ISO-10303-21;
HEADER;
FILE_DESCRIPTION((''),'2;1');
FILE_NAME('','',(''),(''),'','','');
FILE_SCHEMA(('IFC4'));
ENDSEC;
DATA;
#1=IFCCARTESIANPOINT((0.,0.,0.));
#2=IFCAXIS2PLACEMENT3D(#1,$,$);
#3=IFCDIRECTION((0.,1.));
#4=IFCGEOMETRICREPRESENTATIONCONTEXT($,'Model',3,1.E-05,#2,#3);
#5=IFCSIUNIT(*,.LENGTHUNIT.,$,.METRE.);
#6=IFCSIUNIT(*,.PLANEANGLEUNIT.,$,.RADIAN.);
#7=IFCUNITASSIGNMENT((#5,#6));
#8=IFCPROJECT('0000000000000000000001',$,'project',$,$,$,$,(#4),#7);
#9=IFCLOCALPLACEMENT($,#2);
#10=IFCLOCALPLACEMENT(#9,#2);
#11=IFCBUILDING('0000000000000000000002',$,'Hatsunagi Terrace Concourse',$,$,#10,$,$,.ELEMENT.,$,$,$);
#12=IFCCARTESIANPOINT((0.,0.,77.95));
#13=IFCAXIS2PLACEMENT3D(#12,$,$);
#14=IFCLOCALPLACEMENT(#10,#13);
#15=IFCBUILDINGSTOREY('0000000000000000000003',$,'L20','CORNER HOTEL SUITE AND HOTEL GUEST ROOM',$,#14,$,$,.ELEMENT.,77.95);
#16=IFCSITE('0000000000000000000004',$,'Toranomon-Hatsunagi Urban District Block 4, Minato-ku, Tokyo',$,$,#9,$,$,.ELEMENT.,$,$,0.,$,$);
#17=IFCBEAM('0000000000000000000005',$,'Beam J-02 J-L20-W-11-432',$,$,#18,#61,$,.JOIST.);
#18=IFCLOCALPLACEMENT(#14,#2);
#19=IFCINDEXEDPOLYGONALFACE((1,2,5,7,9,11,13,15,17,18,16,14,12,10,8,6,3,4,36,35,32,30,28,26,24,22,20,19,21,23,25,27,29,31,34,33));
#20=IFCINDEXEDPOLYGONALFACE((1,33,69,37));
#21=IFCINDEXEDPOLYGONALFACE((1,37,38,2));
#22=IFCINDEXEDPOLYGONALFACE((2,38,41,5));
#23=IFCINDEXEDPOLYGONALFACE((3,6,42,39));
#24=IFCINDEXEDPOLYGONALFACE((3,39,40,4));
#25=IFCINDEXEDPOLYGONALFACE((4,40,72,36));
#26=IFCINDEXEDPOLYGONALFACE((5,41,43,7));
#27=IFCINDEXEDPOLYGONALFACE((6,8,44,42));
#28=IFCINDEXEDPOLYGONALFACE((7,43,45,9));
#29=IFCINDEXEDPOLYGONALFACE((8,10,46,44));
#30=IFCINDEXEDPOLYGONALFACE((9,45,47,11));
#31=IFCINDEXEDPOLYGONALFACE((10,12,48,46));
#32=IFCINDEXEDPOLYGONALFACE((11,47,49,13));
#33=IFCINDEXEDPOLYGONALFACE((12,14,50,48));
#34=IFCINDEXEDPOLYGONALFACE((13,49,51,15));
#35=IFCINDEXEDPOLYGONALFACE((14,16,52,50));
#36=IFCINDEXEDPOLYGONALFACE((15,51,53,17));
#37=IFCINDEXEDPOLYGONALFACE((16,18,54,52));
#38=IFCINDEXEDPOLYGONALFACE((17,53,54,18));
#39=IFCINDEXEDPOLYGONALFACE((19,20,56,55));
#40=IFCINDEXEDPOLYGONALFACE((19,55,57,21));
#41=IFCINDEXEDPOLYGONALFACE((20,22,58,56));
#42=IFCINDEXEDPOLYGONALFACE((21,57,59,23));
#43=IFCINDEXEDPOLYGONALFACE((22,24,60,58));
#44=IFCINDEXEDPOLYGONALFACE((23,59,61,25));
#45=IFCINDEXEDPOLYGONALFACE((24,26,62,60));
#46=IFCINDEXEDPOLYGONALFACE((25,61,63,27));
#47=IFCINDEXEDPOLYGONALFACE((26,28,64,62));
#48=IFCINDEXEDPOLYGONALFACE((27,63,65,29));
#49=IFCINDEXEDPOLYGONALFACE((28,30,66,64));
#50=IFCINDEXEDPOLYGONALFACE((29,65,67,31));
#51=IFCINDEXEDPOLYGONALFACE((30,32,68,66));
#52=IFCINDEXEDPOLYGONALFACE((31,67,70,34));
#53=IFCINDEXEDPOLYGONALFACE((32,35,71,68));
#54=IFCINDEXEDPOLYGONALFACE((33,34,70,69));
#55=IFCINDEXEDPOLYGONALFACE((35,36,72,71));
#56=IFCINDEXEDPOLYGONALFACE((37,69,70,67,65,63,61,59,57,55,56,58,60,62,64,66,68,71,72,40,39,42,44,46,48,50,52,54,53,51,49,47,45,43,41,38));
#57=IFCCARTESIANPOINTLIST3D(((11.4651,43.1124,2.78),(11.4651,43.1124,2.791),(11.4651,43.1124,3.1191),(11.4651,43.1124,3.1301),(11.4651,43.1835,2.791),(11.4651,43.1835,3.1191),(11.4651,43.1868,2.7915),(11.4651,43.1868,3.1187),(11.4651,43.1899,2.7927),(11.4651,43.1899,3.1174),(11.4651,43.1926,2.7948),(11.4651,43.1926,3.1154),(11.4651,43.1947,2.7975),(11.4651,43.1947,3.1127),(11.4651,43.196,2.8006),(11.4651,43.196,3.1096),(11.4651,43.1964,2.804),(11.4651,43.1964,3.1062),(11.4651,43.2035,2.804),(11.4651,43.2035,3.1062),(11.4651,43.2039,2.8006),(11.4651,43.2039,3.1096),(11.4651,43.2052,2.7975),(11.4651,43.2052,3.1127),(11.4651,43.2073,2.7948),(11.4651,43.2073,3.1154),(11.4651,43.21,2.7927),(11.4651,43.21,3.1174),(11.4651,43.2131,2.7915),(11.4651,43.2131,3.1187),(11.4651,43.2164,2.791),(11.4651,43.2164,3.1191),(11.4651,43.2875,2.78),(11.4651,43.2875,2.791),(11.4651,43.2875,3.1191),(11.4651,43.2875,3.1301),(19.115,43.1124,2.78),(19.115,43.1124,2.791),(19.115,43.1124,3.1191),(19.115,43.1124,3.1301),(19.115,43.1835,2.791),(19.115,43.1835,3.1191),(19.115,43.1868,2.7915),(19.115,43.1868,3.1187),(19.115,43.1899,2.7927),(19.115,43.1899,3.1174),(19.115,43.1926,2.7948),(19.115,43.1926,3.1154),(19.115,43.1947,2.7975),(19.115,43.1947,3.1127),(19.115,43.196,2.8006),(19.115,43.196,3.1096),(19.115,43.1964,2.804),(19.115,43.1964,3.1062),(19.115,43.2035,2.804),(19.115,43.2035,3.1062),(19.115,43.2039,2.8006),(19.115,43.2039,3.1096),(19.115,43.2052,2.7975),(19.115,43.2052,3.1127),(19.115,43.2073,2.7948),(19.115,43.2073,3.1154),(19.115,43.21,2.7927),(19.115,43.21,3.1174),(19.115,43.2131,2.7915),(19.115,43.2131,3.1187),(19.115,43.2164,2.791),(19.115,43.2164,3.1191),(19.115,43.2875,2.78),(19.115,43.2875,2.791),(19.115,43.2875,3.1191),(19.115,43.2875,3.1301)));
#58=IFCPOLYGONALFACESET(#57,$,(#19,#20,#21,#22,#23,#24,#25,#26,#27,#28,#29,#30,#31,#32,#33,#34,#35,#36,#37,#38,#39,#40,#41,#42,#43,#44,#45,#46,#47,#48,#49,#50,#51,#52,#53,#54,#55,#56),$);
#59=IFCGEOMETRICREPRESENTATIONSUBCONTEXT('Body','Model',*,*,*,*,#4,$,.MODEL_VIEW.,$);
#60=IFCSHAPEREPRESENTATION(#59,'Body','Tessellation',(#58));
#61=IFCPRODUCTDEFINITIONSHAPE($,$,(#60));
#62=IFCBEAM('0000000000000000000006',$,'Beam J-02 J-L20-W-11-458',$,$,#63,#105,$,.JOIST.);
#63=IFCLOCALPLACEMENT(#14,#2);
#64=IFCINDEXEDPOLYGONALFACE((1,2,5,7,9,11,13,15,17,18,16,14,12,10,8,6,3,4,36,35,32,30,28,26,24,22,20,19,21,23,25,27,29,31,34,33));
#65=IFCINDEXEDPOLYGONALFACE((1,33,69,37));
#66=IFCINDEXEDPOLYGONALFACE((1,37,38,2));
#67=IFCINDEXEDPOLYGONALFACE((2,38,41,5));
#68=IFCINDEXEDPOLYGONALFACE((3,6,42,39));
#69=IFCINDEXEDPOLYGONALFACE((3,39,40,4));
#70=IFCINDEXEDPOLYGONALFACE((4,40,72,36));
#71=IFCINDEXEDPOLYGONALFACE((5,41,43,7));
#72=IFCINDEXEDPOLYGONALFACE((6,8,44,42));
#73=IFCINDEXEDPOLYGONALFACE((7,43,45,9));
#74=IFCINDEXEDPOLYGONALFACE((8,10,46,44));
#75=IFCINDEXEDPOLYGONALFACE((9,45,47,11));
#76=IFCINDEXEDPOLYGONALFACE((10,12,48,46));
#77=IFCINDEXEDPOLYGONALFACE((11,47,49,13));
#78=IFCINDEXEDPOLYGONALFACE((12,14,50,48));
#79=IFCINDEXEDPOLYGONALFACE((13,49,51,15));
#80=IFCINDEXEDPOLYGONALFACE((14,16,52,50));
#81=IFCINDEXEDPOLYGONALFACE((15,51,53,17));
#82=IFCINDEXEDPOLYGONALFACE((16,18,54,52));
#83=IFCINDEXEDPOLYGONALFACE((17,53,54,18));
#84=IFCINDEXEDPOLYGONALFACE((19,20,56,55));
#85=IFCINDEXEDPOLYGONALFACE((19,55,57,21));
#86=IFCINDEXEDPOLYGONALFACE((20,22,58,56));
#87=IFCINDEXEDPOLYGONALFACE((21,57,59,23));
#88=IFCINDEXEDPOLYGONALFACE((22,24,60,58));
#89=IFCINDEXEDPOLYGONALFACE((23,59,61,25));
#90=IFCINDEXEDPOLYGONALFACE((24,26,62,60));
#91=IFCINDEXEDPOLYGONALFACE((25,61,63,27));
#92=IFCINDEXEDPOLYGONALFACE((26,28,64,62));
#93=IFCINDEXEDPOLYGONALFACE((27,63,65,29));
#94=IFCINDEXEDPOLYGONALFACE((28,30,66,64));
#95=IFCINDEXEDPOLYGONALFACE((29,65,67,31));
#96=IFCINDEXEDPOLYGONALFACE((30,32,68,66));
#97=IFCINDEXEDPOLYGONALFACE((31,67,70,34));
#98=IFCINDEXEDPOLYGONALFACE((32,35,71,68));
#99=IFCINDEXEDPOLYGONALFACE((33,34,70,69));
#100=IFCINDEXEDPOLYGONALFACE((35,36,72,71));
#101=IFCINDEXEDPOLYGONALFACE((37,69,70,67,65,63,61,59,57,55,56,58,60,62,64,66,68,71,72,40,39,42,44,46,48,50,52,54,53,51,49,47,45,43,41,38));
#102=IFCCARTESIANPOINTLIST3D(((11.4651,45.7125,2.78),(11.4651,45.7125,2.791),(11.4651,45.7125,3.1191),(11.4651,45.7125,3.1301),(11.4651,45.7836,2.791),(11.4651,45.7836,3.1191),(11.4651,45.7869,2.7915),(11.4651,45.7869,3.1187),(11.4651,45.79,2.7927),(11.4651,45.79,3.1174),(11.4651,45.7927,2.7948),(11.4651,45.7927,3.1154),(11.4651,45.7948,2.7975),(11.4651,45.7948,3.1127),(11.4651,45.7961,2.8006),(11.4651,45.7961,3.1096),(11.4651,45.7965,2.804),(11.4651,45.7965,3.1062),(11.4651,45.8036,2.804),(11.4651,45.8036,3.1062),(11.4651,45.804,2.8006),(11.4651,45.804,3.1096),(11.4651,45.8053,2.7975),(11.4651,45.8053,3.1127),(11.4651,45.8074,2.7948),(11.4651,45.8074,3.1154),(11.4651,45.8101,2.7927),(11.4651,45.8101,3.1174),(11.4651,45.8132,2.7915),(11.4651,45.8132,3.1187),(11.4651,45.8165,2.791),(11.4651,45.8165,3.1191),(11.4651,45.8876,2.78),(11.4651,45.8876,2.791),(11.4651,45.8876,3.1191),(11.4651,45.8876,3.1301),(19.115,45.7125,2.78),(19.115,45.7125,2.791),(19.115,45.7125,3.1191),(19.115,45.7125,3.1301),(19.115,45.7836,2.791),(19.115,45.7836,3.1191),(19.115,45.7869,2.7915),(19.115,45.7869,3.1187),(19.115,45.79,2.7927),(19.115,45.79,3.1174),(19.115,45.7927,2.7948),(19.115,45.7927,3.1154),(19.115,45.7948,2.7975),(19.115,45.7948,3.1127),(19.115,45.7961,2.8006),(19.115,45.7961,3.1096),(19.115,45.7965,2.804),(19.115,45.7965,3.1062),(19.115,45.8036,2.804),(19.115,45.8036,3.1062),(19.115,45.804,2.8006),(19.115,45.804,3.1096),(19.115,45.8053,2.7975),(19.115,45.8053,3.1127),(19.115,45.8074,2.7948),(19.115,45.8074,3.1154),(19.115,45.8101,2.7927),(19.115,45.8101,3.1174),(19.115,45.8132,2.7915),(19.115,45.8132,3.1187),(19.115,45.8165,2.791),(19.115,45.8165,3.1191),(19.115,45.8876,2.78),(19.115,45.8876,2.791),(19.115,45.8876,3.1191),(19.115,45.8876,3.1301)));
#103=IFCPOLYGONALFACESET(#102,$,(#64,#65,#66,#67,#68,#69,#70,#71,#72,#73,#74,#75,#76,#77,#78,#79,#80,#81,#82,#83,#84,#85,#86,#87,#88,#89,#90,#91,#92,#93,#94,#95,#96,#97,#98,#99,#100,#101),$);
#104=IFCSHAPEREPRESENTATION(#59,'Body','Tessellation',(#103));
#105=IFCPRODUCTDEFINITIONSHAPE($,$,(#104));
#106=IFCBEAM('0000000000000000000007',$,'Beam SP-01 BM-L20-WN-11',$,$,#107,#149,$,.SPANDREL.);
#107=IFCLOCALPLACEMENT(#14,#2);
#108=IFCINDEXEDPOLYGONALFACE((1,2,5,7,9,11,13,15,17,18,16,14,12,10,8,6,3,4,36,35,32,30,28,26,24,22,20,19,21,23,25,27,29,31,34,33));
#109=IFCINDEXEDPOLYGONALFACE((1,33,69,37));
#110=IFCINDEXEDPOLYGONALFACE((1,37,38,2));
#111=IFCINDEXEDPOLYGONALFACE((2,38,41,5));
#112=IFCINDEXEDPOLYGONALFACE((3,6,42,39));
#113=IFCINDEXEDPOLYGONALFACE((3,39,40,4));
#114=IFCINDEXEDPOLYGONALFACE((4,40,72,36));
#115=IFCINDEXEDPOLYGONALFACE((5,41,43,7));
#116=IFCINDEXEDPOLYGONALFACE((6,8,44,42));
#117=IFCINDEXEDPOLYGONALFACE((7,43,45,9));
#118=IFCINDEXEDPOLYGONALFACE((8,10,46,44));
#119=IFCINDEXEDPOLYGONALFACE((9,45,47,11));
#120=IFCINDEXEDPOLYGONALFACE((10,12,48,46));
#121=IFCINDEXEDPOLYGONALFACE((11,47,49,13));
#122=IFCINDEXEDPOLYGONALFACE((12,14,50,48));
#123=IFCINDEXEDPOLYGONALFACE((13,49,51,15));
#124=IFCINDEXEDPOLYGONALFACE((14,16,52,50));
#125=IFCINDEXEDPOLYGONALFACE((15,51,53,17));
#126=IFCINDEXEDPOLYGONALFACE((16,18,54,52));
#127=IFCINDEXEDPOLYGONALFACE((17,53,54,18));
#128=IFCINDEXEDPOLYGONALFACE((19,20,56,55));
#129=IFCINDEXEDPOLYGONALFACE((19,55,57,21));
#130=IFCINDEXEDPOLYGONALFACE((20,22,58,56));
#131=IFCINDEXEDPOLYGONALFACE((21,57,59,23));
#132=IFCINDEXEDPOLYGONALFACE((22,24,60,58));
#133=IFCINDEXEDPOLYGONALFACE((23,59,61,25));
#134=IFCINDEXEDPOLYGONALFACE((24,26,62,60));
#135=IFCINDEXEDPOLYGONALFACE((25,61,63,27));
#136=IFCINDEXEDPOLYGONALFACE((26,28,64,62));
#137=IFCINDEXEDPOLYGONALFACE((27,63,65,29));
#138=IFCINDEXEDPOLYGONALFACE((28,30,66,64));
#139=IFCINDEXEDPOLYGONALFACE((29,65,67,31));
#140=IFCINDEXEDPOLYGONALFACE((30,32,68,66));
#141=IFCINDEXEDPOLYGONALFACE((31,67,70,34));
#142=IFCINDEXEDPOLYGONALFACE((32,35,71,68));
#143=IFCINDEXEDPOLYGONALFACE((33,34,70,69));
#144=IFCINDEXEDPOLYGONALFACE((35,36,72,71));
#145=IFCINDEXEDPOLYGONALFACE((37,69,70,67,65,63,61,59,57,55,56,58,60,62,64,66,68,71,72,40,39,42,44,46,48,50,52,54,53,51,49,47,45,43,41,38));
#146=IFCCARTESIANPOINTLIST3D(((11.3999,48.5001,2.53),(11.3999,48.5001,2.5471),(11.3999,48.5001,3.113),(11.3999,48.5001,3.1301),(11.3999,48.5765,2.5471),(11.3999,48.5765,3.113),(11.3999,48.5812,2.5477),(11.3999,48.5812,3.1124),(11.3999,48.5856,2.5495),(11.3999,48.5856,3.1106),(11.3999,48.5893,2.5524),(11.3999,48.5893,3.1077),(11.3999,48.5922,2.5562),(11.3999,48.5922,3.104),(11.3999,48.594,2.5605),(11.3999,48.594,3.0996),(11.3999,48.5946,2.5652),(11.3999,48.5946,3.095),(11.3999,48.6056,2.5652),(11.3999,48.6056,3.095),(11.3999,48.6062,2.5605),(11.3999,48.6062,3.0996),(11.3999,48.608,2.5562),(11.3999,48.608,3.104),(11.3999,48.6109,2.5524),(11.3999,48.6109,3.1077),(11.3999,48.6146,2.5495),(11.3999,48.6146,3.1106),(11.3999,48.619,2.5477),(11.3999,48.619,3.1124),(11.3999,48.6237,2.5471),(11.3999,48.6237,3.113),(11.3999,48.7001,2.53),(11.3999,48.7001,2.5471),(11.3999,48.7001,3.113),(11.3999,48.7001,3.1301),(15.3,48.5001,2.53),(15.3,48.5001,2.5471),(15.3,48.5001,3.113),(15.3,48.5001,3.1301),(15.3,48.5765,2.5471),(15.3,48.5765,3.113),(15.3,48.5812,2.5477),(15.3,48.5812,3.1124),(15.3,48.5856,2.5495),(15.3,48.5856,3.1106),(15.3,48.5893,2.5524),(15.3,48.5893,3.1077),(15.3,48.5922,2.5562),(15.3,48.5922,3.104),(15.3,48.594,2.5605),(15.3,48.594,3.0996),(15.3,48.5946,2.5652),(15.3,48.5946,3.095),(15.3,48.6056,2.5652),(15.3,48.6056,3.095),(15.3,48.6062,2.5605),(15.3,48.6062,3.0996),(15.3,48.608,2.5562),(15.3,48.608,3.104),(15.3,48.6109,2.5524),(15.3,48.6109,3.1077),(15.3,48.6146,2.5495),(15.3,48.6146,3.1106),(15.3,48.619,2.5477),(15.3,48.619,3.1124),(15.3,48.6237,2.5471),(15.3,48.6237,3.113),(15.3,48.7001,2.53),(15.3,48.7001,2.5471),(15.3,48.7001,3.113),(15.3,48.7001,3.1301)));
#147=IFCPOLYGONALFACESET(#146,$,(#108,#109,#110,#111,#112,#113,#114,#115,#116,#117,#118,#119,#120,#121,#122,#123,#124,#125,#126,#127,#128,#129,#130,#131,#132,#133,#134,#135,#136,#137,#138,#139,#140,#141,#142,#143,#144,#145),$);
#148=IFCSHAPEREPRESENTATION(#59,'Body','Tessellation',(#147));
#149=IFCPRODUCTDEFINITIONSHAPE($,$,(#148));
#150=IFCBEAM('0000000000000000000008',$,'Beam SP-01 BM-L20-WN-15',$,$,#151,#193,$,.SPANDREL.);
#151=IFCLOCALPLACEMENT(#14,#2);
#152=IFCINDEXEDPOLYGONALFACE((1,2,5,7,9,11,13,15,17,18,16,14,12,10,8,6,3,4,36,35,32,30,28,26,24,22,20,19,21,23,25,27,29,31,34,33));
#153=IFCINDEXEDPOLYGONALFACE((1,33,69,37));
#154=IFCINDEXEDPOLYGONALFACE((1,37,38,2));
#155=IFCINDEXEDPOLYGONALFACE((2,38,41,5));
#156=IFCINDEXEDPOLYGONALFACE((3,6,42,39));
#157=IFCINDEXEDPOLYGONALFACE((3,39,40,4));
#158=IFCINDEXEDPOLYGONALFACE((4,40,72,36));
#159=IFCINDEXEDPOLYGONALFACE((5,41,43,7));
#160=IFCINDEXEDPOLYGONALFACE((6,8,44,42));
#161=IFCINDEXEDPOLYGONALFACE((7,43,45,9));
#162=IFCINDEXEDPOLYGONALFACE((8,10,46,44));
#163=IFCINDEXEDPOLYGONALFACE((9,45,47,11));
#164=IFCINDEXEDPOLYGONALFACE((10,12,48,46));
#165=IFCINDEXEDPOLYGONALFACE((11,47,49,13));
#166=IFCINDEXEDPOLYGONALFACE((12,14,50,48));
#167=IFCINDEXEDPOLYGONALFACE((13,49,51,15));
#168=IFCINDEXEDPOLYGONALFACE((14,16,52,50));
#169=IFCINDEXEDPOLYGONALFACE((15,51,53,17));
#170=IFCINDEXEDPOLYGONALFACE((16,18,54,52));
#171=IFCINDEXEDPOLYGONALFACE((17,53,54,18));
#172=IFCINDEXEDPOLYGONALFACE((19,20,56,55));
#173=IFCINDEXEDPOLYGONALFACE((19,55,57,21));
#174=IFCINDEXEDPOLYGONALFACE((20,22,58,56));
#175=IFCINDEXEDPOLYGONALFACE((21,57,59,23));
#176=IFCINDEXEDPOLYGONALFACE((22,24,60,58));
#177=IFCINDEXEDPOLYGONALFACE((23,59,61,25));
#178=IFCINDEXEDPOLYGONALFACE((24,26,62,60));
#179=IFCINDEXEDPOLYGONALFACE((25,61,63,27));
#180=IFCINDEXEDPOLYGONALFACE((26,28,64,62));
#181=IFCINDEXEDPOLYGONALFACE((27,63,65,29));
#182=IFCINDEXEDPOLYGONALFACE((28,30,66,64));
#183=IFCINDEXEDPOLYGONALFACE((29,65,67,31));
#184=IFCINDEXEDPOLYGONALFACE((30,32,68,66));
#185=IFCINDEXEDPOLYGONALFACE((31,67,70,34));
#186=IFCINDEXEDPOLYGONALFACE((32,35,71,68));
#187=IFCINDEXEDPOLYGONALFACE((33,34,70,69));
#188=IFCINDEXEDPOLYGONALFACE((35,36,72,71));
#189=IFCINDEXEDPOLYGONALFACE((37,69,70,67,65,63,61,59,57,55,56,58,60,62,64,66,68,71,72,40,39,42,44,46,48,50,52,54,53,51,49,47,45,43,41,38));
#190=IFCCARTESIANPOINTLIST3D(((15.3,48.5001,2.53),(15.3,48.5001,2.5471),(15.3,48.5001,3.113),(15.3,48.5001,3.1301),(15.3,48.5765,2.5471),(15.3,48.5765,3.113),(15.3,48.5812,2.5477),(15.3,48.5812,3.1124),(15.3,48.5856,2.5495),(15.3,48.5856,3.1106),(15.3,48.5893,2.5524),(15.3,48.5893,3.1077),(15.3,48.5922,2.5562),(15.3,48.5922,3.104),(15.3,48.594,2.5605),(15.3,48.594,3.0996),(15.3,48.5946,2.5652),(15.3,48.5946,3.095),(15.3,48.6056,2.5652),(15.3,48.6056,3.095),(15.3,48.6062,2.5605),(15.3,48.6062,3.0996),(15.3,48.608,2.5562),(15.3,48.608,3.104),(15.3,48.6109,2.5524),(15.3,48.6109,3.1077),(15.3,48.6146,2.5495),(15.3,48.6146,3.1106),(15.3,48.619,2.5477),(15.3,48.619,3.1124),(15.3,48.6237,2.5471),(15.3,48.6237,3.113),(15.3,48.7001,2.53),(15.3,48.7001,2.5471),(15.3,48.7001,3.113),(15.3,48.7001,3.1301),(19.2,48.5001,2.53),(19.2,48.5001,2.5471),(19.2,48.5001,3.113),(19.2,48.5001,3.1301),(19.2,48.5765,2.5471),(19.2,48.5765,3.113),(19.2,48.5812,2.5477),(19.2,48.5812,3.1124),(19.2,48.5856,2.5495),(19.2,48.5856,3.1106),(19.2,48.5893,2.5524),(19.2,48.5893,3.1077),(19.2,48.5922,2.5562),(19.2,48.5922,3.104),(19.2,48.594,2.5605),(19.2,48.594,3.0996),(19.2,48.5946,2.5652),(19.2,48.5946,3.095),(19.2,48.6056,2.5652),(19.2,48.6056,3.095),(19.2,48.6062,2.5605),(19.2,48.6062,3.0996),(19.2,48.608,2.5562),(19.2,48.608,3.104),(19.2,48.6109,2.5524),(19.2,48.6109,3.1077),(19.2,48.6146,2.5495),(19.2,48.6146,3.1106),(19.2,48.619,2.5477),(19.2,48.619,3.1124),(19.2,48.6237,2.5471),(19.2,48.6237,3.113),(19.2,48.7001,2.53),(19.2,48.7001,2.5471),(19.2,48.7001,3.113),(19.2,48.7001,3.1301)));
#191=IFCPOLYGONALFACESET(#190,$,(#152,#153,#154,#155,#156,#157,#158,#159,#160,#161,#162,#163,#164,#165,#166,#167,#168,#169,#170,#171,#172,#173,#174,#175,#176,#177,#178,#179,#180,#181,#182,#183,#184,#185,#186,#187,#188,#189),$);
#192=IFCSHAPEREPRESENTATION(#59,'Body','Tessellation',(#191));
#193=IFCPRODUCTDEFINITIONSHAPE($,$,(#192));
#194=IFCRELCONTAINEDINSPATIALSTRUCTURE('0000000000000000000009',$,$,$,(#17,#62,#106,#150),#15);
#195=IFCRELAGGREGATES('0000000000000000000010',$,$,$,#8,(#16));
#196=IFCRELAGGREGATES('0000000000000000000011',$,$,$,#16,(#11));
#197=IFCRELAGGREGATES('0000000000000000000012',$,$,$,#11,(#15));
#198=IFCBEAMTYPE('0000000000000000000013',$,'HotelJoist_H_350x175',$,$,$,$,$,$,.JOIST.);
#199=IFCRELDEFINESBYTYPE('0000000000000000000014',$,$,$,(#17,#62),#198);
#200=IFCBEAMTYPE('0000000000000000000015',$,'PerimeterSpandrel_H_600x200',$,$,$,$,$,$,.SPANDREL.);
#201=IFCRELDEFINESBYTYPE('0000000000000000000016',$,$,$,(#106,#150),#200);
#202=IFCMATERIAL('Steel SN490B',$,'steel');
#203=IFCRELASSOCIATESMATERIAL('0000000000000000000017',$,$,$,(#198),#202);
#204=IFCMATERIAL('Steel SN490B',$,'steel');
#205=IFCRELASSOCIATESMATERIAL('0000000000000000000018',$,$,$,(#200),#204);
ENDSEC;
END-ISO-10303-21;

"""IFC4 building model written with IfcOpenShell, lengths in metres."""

from ifc_helpers import new_model, si_unit, direction, frame, origin, origin_2d, place, context, subcontext, project, spatial, i_section, extrude, material, material_profile, profile_set, type_object, element, save


model = new_model("IFC4")

# Units and contexts
model_context = context("Model", 3, precision=1e-05, world=origin(), true_north=direction((0.0, 1.0)))
body_context = subcontext(model_context, "Body", "Model", "MODEL_VIEW")
ifc_project = project(units=[si_unit("LENGTHUNIT", "METRE"), si_unit("PLANEANGLEUNIT", "RADIAN")], contexts=[model_context])

# Site, building, storey
site_placement = place(None, origin())
site = spatial("IfcSite", under=ifc_project, at=site_placement, Name="Toranomon-Hatsunagi Urban District Block 4, Minato-ku, Tokyo", CompositionType="ELEMENT", RefElevation=0.0)
building_placement = place(site_placement, origin())
building = spatial("IfcBuilding", under=site, at=building_placement, Name="Hatsunagi Terrace Concourse", CompositionType="ELEMENT")
storey_placement = place(building_placement, frame((0.0, 0.0, 77.95)))
storey = spatial("IfcBuildingStorey", under=building, at=storey_placement, Name="L20", Description="CORNER HOTEL SUITE AND HOTEL GUEST ROOM", CompositionType="ELEMENT", Elevation=77.95)

# Beams
ifc_material_1 = material(Name="Steel SN490B", Category="steel")
ifc_material_profile_1 = material_profile(ifc_material_1, i_section(OverallWidth=0.175, OverallDepth=0.3501, WebThickness=0.0071, FlangeThickness=0.011, FilletRadius=0.0129, at=origin_2d()), Name="H-350x175x7x11")
ifc_profile_set_1 = profile_set([ifc_material_profile_1], Name="Steel SN490B")
beam_type_1 = type_object("IfcBeamType", Name="HotelJoist_H_350x175", PredefinedType="JOIST", material=ifc_profile_set_1)
for number, where, z_axis, x_axis, name in (
    (1, (11.4651, 43.2, 2.9551), (1.0, 0.0, 0.0), (0.0, 1.0, 0.0), "Beam J-02 J-L20-W-11-432"),
    (2, (11.4651, 45.8, 2.9551), (1.0, 0.0, 0.0), (0.0, 1.0, 0.0), "Beam J-02 J-L20-W-11-458"),
):
    element("IfcBeam", number, at=place(storey_placement, frame(where, z_axis=z_axis, x_axis=x_axis)), inside=storey, type_object=beam_type_1, Name=name, PredefinedType="JOIST", context=body_context, shape_type="SweptSolid", body=[
        extrude(i_section(OverallWidth=0.175, OverallDepth=0.3501, WebThickness=0.0071, FlangeThickness=0.011, FilletRadius=0.0129, at=origin_2d()), origin(), (0.0, 0.0, 1.0), 7.6499),
    ])
ifc_material_2 = material(Name="Steel SN490B", Category="steel")
ifc_material_profile_2 = material_profile(ifc_material_2, i_section(OverallWidth=0.2, OverallDepth=0.6001, WebThickness=0.011, FlangeThickness=0.0171, FilletRadius=0.0181, at=origin_2d()), Name="H-600x200x11x17")
ifc_profile_set_2 = profile_set([ifc_material_profile_2], Name="Steel SN490B")
beam_type_2 = type_object("IfcBeamType", Name="PerimeterSpandrel_H_600x200", PredefinedType="SPANDREL", material=ifc_profile_set_2)
beam_1_placement = place(storey_placement, frame((11.3999, 48.6001, 2.8301), z_axis=(1.0, 0.0, 0.0), x_axis=(0.0, 1.0, 0.0)))
element("IfcBeam", 3, at=beam_1_placement, inside=storey, type_object=beam_type_2, Name="Beam SP-01 BM-L20-WN-11", PredefinedType="SPANDREL", context=body_context, shape_type="SweptSolid", body=[
    extrude(i_section(OverallWidth=0.2, OverallDepth=0.6001, WebThickness=0.011, FlangeThickness=0.0171, FilletRadius=0.0181, at=origin_2d()), origin(), (0.0, 0.0, 1.0), 3.9001),
])
beam_2_placement = place(storey_placement, frame((15.3, 48.6001, 2.8301), z_axis=(1.0, 0.0, 0.0), x_axis=(0.0, 1.0, 0.0)))
element("IfcBeam", 4, at=beam_2_placement, inside=storey, type_object=beam_type_2, Name="Beam SP-01 BM-L20-WN-15", PredefinedType="SPANDREL", context=body_context, shape_type="SweptSolid", body=[
    extrude(i_section(OverallWidth=0.2, OverallDepth=0.6001, WebThickness=0.011, FlangeThickness=0.0171, FilletRadius=0.0181, at=origin_2d()), origin(), (0.0, 0.0, 1.0), 3.8999),
])

save(model, "model.ifc")
